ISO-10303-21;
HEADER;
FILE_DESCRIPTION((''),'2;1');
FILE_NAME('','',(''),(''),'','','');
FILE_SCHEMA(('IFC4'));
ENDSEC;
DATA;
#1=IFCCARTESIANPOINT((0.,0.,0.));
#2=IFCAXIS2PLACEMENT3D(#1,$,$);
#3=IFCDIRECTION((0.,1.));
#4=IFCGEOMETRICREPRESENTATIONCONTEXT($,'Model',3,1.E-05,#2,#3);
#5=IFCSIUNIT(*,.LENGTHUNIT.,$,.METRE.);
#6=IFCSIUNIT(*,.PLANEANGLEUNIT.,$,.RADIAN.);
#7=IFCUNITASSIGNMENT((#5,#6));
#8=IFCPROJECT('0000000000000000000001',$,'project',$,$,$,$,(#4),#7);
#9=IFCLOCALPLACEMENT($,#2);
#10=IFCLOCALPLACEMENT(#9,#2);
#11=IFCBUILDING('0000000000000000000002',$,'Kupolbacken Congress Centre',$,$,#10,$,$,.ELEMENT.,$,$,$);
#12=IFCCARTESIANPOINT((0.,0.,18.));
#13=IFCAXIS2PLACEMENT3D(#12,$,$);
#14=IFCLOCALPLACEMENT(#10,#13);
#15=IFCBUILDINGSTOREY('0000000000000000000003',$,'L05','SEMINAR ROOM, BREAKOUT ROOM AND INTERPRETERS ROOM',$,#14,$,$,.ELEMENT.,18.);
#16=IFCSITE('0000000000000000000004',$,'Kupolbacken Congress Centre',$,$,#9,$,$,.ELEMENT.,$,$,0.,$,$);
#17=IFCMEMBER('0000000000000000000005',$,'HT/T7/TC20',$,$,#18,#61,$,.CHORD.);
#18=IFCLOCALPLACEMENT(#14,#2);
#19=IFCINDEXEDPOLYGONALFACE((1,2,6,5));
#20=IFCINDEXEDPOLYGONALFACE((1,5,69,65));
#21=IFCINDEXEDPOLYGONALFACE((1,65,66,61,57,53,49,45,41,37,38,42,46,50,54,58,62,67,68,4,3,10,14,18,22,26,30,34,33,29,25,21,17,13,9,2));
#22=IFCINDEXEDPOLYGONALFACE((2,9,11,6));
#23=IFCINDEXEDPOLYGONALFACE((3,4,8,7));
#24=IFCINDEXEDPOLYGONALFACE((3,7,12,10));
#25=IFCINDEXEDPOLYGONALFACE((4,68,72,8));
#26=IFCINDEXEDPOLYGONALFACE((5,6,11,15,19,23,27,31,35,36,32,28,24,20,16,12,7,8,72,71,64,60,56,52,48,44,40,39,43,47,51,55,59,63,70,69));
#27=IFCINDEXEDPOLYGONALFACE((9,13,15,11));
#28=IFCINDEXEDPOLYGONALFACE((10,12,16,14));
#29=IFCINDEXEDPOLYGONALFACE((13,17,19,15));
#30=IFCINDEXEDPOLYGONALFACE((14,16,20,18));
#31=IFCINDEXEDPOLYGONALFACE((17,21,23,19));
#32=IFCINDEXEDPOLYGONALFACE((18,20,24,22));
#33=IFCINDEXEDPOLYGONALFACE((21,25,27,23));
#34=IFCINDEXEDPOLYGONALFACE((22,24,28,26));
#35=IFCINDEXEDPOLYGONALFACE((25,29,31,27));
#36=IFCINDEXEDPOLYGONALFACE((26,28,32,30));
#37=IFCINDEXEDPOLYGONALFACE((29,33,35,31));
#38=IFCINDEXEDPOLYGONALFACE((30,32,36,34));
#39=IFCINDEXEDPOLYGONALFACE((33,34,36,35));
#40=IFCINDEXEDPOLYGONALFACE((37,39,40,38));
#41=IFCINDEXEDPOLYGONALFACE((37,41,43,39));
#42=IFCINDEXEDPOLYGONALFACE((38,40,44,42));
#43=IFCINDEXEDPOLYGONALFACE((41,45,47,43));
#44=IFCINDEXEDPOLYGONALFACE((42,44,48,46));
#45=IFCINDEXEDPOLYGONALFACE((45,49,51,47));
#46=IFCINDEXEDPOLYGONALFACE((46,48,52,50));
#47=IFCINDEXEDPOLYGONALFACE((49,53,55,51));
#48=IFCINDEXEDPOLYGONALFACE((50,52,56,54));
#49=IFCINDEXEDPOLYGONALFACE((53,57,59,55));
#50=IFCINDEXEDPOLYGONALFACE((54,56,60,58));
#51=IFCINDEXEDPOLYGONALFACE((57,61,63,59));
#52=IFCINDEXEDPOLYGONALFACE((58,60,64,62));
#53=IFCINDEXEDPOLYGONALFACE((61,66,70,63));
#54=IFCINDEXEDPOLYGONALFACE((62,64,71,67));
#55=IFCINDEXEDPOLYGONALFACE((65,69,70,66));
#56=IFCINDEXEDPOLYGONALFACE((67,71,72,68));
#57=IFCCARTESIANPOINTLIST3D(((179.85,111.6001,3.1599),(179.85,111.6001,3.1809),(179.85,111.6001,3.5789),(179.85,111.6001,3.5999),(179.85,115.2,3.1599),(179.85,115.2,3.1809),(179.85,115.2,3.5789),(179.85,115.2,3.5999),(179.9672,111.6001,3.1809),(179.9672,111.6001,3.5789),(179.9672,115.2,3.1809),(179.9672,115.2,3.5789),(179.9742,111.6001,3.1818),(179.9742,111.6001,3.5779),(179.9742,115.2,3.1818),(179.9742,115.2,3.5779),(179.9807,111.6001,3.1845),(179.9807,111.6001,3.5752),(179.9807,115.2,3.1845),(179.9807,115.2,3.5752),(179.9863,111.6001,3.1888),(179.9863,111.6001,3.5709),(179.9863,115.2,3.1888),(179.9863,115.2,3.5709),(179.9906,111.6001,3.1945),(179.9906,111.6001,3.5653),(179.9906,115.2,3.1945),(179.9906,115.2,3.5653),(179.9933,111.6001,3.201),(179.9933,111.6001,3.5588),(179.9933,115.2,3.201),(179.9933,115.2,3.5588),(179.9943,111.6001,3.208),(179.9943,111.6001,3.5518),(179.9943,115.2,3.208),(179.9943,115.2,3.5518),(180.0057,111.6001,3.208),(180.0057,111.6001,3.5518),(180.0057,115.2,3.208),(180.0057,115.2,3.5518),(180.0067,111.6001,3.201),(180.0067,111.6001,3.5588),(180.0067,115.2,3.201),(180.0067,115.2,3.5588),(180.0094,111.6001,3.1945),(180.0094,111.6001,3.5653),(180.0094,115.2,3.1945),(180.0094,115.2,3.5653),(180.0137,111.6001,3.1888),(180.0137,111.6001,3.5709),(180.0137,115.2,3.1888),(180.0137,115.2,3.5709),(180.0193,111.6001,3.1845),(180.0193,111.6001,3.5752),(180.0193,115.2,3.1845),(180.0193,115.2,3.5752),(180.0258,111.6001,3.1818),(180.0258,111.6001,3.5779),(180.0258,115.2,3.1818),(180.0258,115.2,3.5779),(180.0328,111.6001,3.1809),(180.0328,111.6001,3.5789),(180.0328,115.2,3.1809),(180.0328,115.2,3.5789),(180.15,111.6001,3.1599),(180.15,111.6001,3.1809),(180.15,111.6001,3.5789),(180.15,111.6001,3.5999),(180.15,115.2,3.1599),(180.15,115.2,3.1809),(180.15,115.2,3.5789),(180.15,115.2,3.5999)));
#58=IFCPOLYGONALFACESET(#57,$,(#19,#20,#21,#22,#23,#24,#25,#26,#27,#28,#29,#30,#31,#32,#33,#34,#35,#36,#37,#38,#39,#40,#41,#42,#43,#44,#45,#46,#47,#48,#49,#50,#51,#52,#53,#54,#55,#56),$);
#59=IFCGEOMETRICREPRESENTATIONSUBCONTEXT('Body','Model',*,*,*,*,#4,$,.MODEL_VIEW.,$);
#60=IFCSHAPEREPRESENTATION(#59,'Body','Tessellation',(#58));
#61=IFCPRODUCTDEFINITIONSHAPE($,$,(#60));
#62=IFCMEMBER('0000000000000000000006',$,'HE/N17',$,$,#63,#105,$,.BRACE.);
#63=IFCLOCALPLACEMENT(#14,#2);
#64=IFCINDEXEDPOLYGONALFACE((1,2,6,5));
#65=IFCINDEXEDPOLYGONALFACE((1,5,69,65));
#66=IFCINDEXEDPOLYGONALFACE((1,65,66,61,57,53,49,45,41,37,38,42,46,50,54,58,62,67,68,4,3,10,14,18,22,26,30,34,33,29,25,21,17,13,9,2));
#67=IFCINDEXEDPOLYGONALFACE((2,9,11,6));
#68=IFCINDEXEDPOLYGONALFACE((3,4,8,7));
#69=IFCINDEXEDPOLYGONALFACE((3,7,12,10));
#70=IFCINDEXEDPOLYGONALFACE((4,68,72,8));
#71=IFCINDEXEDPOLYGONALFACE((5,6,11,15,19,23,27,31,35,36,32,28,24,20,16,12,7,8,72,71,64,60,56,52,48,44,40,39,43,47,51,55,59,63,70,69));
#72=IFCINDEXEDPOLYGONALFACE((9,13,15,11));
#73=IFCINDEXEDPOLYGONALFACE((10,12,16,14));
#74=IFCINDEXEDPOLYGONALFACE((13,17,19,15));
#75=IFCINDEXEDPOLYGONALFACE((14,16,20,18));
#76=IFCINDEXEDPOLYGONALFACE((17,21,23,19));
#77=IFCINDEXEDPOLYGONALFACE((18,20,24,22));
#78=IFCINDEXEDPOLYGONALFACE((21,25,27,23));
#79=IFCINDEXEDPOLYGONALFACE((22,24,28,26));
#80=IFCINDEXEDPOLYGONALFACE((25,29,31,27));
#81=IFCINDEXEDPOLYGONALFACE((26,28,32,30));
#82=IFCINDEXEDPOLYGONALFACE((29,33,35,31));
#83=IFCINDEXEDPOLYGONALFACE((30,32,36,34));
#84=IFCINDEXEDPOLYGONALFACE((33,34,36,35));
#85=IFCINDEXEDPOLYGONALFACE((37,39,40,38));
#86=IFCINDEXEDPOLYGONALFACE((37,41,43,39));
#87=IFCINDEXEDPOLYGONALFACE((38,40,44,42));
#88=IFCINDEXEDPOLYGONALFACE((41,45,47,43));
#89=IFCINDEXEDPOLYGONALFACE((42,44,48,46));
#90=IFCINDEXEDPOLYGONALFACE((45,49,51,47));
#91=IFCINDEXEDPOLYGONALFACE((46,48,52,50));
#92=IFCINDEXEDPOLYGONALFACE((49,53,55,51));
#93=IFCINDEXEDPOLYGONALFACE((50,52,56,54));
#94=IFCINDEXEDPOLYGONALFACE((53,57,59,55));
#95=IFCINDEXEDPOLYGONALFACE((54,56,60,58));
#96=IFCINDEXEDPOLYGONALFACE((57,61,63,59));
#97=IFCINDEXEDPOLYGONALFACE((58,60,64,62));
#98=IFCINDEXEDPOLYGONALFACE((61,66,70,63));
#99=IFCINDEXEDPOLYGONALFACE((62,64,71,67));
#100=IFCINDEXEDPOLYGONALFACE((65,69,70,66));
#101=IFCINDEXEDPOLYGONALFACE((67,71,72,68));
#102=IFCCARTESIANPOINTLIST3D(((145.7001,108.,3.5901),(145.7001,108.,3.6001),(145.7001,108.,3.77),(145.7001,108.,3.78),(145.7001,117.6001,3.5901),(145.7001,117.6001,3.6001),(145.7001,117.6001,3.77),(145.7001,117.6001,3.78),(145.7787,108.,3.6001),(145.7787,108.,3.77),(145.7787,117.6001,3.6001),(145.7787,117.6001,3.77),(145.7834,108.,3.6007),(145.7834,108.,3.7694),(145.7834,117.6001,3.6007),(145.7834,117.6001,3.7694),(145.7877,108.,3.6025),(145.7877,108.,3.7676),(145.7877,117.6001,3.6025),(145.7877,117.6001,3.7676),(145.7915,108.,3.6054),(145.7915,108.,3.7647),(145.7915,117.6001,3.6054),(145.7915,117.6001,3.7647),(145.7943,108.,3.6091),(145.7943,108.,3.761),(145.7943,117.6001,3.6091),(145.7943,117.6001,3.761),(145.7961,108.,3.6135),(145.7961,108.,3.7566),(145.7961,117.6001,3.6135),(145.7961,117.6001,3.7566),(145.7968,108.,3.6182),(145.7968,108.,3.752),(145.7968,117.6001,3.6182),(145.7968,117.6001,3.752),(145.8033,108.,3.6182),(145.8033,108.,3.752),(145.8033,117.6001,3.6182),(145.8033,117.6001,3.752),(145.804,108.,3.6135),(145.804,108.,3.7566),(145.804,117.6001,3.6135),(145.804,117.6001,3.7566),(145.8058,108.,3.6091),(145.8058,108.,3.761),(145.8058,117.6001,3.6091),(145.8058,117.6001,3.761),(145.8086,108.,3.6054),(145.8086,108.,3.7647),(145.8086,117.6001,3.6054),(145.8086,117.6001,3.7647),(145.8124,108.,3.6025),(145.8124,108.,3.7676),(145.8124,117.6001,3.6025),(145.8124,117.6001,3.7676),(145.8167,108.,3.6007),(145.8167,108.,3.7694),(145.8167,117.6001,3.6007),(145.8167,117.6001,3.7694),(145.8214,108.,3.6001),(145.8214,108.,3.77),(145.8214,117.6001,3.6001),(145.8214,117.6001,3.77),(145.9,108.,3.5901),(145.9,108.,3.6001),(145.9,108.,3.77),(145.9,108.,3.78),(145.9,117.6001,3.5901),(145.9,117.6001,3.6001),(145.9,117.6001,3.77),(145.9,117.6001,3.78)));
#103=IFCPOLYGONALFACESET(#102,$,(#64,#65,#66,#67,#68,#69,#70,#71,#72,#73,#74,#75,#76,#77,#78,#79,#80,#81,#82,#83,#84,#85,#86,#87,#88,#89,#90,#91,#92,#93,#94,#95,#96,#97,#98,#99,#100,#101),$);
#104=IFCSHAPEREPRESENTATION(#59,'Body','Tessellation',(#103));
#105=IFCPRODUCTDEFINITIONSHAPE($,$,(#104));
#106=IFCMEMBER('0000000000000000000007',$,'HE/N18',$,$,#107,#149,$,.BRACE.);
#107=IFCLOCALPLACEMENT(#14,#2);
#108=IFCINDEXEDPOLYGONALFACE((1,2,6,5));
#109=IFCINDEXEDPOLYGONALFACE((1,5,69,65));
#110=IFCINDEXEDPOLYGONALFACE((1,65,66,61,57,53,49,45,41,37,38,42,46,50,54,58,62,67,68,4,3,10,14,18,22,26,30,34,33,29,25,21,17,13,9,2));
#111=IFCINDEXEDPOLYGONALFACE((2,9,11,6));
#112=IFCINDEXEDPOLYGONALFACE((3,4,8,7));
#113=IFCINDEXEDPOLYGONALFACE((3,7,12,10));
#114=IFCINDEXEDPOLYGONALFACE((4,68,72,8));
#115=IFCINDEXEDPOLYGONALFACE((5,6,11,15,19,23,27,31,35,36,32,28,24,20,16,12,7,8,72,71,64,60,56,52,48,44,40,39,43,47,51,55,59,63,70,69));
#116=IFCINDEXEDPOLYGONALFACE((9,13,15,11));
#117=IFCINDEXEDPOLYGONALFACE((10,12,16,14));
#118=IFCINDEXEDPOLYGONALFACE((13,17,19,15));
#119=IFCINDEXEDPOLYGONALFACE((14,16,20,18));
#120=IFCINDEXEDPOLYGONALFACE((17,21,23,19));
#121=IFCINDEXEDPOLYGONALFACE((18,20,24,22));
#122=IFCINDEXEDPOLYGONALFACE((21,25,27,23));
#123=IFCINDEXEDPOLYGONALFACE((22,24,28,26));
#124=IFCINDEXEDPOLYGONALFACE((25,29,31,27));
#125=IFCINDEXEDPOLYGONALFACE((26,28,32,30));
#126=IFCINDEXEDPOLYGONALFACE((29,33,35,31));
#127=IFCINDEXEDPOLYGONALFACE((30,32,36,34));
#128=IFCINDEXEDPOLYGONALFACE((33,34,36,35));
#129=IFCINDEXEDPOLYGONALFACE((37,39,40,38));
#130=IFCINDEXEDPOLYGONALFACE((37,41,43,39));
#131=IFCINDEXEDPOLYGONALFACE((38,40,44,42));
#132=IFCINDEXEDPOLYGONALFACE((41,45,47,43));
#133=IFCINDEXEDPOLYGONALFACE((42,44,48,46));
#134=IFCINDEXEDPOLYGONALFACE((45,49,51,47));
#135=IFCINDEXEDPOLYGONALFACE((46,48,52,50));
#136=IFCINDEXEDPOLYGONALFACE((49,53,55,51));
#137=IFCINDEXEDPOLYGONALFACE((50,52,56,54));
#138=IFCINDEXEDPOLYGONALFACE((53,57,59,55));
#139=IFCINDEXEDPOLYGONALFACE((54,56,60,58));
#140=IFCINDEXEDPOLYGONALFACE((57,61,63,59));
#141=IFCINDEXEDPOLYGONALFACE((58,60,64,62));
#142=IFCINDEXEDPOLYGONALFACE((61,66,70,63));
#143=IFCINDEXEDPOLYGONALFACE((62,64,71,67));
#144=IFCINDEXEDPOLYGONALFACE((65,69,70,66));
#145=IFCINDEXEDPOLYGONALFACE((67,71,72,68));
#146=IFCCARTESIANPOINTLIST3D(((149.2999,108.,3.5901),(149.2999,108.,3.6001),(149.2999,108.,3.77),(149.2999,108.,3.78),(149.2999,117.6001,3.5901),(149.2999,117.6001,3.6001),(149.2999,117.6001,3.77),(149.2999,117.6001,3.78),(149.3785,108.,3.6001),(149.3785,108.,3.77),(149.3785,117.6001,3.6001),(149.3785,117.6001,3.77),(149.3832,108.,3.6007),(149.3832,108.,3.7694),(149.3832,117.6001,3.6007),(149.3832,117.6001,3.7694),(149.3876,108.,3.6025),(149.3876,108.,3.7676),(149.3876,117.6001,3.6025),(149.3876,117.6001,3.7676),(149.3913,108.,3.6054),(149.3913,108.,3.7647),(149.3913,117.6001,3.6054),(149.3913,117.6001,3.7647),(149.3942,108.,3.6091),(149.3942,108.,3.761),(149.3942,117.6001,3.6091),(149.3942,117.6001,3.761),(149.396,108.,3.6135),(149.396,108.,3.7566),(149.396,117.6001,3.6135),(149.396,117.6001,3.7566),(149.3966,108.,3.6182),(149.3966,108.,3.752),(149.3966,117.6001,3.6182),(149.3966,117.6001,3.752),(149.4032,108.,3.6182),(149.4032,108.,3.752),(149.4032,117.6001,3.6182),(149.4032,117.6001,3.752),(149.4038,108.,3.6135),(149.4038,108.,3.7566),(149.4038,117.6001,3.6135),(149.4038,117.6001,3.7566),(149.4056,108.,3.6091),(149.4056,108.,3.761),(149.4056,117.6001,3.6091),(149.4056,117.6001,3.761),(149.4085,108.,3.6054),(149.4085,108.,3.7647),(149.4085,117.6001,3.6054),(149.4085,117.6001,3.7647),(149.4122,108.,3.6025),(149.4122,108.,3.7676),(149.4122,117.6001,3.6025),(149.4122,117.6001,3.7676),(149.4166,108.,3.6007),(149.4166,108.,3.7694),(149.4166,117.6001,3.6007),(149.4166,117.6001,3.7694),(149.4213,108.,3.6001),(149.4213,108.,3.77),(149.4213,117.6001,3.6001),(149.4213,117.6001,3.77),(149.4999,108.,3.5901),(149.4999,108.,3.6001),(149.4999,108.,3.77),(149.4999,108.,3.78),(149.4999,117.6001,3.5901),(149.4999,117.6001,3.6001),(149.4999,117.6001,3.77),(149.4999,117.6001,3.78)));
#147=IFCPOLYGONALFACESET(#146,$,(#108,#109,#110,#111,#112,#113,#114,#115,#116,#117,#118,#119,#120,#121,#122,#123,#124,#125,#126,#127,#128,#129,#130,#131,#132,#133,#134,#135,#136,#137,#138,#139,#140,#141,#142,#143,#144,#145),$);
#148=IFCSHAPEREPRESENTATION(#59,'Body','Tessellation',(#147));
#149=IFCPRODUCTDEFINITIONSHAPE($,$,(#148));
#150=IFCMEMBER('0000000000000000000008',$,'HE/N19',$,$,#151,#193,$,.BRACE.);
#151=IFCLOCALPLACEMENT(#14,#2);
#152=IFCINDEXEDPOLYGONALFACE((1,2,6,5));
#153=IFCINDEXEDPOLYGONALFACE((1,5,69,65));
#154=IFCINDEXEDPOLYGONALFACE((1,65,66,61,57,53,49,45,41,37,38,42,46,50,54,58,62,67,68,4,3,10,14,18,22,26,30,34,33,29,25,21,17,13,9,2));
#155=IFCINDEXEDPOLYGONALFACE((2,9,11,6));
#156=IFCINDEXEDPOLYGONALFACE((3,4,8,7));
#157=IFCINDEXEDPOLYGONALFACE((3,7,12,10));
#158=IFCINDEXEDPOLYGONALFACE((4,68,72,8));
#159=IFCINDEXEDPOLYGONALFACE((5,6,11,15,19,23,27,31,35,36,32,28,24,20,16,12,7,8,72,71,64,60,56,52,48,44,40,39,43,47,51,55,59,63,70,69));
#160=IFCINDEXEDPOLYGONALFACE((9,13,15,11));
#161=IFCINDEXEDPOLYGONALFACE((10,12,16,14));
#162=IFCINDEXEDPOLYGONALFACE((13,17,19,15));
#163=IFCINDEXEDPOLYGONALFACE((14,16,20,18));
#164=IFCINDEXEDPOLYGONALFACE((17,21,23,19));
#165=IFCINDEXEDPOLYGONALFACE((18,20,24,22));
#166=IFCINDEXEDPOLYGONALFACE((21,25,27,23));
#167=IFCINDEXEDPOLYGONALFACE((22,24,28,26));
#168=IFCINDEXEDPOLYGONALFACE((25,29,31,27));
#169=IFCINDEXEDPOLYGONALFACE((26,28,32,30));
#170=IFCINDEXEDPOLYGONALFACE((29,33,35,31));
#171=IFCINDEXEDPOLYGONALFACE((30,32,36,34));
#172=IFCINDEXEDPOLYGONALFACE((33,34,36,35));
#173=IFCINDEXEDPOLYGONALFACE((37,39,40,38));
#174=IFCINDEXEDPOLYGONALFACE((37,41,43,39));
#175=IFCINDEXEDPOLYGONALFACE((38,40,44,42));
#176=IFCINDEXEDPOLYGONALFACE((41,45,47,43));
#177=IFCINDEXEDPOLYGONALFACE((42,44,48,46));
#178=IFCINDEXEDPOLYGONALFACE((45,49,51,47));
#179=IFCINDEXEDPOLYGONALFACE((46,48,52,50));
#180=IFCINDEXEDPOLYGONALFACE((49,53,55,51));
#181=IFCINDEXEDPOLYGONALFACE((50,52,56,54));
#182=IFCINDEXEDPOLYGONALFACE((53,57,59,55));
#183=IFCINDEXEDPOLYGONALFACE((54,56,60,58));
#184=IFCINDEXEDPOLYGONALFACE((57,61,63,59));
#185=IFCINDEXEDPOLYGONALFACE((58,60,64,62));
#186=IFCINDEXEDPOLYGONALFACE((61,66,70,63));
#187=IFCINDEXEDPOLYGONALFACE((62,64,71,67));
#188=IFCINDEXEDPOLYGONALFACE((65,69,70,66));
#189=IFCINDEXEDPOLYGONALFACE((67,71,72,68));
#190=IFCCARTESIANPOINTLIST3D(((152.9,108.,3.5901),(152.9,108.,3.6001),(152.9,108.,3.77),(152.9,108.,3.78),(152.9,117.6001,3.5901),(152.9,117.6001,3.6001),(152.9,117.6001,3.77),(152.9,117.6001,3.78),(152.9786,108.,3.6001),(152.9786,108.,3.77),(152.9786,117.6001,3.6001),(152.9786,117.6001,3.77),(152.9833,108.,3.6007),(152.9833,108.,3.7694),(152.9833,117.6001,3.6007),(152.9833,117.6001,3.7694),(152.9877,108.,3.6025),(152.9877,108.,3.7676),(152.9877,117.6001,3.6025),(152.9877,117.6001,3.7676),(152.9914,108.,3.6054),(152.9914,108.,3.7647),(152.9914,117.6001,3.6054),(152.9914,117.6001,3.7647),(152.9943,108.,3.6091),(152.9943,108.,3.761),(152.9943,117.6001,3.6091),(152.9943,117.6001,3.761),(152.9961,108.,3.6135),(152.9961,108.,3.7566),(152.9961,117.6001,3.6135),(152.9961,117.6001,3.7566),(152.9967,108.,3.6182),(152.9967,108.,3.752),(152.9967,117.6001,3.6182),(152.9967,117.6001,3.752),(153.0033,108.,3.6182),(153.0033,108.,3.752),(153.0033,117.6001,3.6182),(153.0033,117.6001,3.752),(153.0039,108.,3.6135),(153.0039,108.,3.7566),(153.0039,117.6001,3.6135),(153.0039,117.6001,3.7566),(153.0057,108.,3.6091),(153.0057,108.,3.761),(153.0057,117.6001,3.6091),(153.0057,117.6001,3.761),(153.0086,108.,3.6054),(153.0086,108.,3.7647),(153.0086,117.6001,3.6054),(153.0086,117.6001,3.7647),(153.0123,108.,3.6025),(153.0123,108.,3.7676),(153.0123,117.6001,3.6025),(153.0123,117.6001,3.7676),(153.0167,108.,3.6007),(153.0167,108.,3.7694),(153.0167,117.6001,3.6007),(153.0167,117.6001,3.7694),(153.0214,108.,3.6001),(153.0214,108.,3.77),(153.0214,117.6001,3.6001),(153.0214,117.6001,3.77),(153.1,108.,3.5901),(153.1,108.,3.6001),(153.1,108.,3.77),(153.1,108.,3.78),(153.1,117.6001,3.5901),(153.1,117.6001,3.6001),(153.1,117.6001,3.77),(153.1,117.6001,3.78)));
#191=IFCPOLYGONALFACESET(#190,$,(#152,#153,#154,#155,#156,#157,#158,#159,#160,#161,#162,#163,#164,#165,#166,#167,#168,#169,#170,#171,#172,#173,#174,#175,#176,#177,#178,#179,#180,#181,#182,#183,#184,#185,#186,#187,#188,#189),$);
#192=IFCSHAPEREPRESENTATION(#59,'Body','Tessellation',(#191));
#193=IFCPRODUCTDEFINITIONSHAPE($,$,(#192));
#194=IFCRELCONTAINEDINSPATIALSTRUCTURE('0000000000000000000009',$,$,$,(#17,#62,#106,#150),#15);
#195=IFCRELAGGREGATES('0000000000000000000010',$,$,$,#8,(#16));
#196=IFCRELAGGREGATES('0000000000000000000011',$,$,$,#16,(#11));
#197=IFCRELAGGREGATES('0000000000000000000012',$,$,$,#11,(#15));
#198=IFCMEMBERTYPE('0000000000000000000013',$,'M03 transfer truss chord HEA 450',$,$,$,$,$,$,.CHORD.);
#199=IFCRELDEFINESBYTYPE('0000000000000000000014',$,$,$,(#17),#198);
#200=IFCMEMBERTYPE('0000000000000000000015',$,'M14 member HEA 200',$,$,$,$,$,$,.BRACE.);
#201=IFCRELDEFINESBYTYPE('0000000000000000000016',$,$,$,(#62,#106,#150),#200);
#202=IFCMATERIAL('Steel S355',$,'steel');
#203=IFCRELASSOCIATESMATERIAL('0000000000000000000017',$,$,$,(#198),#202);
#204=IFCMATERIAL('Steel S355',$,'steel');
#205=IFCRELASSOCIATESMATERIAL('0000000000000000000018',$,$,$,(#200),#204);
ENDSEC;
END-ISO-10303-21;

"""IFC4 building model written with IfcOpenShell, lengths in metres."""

from ifc_helpers import new_model, si_unit, direction, frame, origin, origin_2d, place, context, subcontext, project, spatial, i_section, extrude, material, material_profile, profile_set, type_object, element, save


model = new_model("IFC4")

# Units and contexts
model_context = context("Model", 3, precision=1e-05, world=origin(), true_north=direction((0.0, 1.0)))
body_context = subcontext(model_context, "Body", "Model", "MODEL_VIEW")
ifc_project = project(units=[si_unit("LENGTHUNIT", "METRE"), si_unit("PLANEANGLEUNIT", "RADIAN")], contexts=[model_context])

# Site, building, storey
site_placement = place(None, origin())
site = spatial("IfcSite", under=ifc_project, at=site_placement, Name="Kupolbacken Congress Centre", CompositionType="ELEMENT", RefElevation=0.0)
building_placement = place(site_placement, origin())
building = spatial("IfcBuilding", under=site, at=building_placement, Name="Kupolbacken Congress Centre", CompositionType="ELEMENT")
storey_placement = place(building_placement, frame((0.0, 0.0, 18.0)))
storey = spatial("IfcBuildingStorey", under=building, at=storey_placement, Name="L05", Description="SEMINAR ROOM, BREAKOUT ROOM AND INTERPRETERS ROOM", CompositionType="ELEMENT", Elevation=18.0)

# Members
ifc_material_1 = material(Name="Steel S355", Category="steel")
ifc_material_profile_1 = material_profile(ifc_material_1, i_section(OverallWidth=0.3, OverallDepth=0.4399, WebThickness=0.0115, FlangeThickness=0.021, FilletRadius=0.0271, at=origin_2d()), Name="HEA 450")
ifc_profile_set_1 = profile_set([ifc_material_profile_1], Name="Steel S355")
member_type_1 = type_object("IfcMemberType", Name="M03 transfer truss chord HEA 450", PredefinedType="CHORD", material=ifc_profile_set_1)
member_1_placement = place(storey_placement, frame((180.0, 111.6001, 3.3799), z_axis=(0.0, 1.0, 0.0), x_axis=(-1.0, 0.0, 0.0)))
element("IfcMember", 1, at=member_1_placement, inside=storey, type_object=member_type_1, Name="HT/T7/TC20", PredefinedType="CHORD", context=body_context, shape_type="SweptSolid", body=[
    extrude(i_section(OverallWidth=0.3, OverallDepth=0.4399, WebThickness=0.0115, FlangeThickness=0.021, FilletRadius=0.0271, at=origin_2d()), origin(), (0.0, 0.0, 1.0), 3.5999),
])
ifc_material_2 = material(Name="Steel S355", Category="steel")
ifc_material_profile_2 = material_profile(ifc_material_2, i_section(OverallWidth=0.2, OverallDepth=0.1899, WebThickness=0.0066, FlangeThickness=0.01, FilletRadius=0.0181, at=origin_2d()), Name="HEA 200")
ifc_profile_set_2 = profile_set([ifc_material_profile_2], Name="Steel S355")
member_type_2 = type_object("IfcMemberType", Name="M14 member HEA 200", PredefinedType="BRACE", material=ifc_profile_set_2)
for number, where, z_axis, x_axis, name in (
    (2, (145.8, 108.0, 3.6851), (0.0, 1.0, 0.0), (-1.0, 0.0, 0.0), "HE/N17"),
    (3, (149.3999, 108.0, 3.6851), (0.0, 1.0, 0.0), (-1.0, 0.0, 0.0), "HE/N18"),
    (4, (153.0, 108.0, 3.6851), (0.0, 1.0, 0.0), (-1.0, 0.0, 0.0), "HE/N19"),
):
    element("IfcMember", number, at=place(storey_placement, frame(where, z_axis=z_axis, x_axis=x_axis)), inside=storey, type_object=member_type_2, Name=name, PredefinedType="BRACE", context=body_context, shape_type="SweptSolid", body=[
        extrude(i_section(OverallWidth=0.2, OverallDepth=0.1899, WebThickness=0.0066, FlangeThickness=0.01, FilletRadius=0.0181, at=origin_2d()), origin(), (0.0, 0.0, 1.0), 9.6001),
    ])

save(model, "model.ifc")
